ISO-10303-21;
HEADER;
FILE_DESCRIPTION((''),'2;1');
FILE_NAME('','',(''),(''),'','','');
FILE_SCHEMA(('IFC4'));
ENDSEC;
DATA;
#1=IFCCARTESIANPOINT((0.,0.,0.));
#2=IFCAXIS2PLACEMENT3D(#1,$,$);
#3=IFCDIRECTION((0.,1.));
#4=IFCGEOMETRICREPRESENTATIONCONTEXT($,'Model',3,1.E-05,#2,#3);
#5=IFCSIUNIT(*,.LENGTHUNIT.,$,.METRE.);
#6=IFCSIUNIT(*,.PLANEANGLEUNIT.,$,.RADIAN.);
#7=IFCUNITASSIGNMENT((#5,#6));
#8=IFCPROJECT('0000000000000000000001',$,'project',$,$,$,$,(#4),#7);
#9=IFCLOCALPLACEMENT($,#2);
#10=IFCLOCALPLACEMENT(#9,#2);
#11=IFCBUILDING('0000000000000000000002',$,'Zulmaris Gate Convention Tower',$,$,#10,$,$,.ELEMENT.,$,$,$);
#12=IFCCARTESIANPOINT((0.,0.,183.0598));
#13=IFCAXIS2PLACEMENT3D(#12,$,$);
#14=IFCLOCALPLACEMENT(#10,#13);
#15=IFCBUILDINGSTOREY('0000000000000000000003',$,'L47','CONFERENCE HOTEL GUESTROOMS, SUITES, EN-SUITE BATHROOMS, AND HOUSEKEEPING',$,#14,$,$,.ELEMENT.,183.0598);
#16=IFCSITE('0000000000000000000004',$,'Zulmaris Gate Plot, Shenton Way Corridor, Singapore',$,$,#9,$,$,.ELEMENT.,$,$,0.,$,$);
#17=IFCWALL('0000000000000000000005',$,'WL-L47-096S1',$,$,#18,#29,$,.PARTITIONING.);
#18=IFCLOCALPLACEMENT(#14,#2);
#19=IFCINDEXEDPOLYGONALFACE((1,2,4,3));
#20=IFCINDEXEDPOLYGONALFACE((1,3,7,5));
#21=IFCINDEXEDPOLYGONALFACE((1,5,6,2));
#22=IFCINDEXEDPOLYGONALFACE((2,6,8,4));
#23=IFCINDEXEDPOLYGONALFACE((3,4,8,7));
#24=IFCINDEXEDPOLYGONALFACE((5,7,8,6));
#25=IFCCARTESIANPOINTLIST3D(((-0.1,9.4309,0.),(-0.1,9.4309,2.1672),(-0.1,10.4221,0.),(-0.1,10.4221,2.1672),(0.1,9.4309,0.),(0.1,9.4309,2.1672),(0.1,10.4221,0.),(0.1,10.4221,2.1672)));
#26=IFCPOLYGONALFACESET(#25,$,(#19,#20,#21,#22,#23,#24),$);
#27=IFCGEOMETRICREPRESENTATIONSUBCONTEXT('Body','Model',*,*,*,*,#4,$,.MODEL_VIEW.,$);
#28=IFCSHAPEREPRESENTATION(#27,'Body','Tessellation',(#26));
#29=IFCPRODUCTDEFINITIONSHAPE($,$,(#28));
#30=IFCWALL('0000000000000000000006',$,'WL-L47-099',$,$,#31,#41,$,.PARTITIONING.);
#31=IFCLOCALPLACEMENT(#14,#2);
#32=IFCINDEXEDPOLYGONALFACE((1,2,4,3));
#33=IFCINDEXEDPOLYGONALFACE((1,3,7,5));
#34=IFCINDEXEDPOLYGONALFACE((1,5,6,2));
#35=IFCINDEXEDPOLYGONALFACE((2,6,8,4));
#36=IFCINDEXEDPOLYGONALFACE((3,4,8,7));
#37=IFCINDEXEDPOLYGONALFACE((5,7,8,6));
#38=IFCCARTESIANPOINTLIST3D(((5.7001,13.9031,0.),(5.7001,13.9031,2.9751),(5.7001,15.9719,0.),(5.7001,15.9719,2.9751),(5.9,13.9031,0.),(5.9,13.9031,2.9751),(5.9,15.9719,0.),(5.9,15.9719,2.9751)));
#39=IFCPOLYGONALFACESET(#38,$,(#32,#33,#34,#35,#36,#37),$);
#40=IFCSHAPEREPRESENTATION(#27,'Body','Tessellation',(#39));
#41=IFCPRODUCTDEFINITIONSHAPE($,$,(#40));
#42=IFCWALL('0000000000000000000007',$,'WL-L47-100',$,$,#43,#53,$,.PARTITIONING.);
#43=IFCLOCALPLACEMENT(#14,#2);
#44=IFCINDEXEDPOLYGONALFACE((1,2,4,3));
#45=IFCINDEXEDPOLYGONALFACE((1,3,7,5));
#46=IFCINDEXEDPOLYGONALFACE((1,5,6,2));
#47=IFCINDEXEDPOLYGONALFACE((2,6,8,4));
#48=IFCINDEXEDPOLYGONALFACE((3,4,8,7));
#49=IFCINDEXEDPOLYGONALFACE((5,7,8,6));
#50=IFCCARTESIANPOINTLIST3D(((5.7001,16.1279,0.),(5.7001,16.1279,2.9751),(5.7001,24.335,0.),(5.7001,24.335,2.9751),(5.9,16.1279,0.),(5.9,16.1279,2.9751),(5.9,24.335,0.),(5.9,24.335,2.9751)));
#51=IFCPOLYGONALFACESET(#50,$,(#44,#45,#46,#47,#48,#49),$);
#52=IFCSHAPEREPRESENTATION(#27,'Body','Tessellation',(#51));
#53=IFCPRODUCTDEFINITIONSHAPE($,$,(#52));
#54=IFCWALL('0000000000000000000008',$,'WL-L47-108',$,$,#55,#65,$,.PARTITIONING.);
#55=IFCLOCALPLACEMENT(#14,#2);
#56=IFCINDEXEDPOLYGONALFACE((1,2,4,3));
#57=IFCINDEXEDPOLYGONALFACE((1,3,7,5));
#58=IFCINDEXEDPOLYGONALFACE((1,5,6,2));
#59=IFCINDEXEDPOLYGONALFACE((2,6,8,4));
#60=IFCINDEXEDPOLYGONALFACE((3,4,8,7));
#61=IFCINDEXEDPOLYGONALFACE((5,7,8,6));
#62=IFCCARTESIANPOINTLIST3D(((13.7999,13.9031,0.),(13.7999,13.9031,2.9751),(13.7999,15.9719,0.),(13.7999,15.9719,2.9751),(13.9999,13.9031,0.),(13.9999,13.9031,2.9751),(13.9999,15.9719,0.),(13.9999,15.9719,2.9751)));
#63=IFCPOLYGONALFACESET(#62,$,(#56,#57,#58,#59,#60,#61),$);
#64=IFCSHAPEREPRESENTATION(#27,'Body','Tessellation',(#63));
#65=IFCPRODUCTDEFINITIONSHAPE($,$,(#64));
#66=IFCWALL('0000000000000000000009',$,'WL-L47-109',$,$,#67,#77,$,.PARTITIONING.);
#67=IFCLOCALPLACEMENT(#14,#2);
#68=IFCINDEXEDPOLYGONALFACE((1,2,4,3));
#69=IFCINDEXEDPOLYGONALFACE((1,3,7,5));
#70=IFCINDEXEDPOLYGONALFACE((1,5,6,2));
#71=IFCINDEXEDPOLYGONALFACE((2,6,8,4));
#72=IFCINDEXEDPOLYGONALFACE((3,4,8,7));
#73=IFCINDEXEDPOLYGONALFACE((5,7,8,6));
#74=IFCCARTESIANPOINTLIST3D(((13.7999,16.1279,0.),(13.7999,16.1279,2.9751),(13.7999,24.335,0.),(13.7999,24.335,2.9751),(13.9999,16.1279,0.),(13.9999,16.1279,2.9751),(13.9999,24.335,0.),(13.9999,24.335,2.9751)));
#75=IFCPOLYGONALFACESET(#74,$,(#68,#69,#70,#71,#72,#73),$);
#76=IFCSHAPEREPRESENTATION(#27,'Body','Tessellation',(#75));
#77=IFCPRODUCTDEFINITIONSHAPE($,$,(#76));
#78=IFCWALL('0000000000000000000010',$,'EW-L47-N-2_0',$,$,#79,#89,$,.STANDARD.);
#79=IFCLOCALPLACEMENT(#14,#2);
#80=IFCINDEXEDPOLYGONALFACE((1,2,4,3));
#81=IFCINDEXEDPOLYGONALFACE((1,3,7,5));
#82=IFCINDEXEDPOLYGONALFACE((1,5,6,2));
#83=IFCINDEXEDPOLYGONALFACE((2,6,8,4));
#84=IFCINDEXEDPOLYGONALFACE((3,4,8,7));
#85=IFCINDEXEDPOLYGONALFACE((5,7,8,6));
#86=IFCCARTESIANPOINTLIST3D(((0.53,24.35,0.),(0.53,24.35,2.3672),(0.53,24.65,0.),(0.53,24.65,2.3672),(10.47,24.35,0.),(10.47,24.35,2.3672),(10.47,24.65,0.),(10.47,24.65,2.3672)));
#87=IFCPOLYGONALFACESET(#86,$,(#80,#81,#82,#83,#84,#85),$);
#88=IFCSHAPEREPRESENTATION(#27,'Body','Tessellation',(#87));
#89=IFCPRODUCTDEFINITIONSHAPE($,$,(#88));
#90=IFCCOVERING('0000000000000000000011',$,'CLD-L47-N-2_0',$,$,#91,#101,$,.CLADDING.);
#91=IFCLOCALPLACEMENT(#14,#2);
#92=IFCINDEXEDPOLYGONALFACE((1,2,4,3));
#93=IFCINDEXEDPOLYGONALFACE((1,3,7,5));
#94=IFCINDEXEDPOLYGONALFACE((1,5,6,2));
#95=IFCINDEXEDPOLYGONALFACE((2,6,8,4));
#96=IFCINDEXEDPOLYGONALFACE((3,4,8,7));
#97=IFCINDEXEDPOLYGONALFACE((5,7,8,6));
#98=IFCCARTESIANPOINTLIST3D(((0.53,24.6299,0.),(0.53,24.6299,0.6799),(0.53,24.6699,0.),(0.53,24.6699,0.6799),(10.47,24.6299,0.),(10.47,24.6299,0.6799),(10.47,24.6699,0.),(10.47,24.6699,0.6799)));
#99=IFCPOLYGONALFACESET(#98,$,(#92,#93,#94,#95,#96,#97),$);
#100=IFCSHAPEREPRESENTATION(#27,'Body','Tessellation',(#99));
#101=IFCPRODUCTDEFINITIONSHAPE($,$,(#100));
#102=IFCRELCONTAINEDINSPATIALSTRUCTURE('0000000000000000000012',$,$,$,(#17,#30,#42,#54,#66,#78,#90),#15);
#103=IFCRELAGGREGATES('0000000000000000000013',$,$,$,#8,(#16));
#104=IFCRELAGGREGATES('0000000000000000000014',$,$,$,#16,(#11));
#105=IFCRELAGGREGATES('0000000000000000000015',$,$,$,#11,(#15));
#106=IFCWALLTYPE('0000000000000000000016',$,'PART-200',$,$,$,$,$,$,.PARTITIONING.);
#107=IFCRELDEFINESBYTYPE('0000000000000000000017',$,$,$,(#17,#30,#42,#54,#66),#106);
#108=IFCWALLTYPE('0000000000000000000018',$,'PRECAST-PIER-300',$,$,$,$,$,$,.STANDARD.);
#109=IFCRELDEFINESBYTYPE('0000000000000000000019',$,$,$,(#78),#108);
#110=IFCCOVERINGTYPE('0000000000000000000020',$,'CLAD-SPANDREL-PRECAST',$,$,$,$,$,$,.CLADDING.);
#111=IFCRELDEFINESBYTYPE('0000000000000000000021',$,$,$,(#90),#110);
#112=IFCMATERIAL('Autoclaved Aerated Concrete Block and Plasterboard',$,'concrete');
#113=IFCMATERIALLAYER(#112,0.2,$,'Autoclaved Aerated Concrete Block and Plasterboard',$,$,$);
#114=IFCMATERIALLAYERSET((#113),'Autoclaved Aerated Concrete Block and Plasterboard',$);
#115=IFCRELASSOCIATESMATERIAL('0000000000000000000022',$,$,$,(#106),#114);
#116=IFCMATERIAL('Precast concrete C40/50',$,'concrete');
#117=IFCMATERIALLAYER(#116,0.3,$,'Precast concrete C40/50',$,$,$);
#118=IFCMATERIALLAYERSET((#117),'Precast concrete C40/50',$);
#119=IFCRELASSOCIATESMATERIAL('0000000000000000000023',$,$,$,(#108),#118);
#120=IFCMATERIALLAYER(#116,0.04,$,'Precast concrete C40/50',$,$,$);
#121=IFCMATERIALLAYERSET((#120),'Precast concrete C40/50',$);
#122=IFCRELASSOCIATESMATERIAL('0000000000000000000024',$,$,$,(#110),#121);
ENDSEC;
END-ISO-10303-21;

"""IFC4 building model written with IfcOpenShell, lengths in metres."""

from ifc_helpers import new_model, si_unit, direction, frame, frame_2d, origin, place, context, subcontext, project, spatial, rectangle, extrude, material, layer, layer_set, type_object, element, save


model = new_model("IFC4")

# Units and contexts
model_context = context("Model", 3, precision=1e-05, world=origin(), true_north=direction((0.0, 1.0)))
body_context = subcontext(model_context, "Body", "Model", "MODEL_VIEW")
ifc_project = project(units=[si_unit("LENGTHUNIT", "METRE"), si_unit("PLANEANGLEUNIT", "RADIAN")], contexts=[model_context])

# Site, building, storey
site_placement = place(None, origin())
site = spatial("IfcSite", under=ifc_project, at=site_placement, Name="Zulmaris Gate Plot, Shenton Way Corridor, Singapore", CompositionType="ELEMENT", RefElevation=0.0)
building_placement = place(site_placement, origin())
building = spatial("IfcBuilding", under=site, at=building_placement, Name="Zulmaris Gate Convention Tower", CompositionType="ELEMENT")
storey_placement = place(building_placement, frame((0.0, 0.0, 183.0598)))
storey = spatial("IfcBuildingStorey", under=building, at=storey_placement, Name="L47", Description="CONFERENCE HOTEL GUESTROOMS, SUITES, EN-SUITE BATHROOMS, AND HOUSEKEEPING", CompositionType="ELEMENT", Elevation=183.0598)

# Walls
ifc_material_1 = material(Name="Autoclaved Aerated Concrete Block and Plasterboard", Category="concrete")
ifc_layer_1 = layer(ifc_material_1, 0.2, Name="Autoclaved Aerated Concrete Block and Plasterboard")
ifc_layer_set_1 = layer_set([ifc_layer_1], Name="Autoclaved Aerated Concrete Block and Plasterboard")
wall_type_1 = type_object("IfcWallType", Name="PART-200", PredefinedType="PARTITIONING", material=ifc_layer_set_1)
wall_1_placement = place(storey_placement, frame((0.0, 9.4309, 0.0), z_axis=(0.0, 0.0, 1.0), x_axis=(0.0, 1.0, 0.0)))
element("IfcWall", 1, at=wall_1_placement, inside=storey, type_object=wall_type_1, Name="WL-L47-096S1", PredefinedType="PARTITIONING", context=body_context, shape_type="SweptSolid", body=[
    extrude(rectangle(XDim=0.9912, YDim=0.2, at=frame_2d((0.4956, 0.0))), origin(), (0.0, 0.0, 1.0), 2.1672),
])
wall_2_placement = place(storey_placement, frame((5.8, 13.9031, 0.0), z_axis=(0.0, 0.0, 1.0), x_axis=(0.0, 1.0, 0.0)))
element("IfcWall", 2, at=wall_2_placement, inside=storey, type_object=wall_type_1, Name="WL-L47-099", PredefinedType="PARTITIONING", context=body_context, shape_type="SweptSolid", body=[
    extrude(rectangle(XDim=2.0688, YDim=0.2, at=frame_2d((1.0344, 0.0))), origin(), (0.0, 0.0, 1.0), 2.9751),
])
wall_3_placement = place(storey_placement, frame((5.8, 16.1279, 0.0), z_axis=(0.0, 0.0, 1.0), x_axis=(0.0, 1.0, 0.0)))
element("IfcWall", 3, at=wall_3_placement, inside=storey, type_object=wall_type_1, Name="WL-L47-100", PredefinedType="PARTITIONING", context=body_context, shape_type="SweptSolid", body=[
    extrude(rectangle(XDim=8.207, YDim=0.2, at=frame_2d((4.1035, 0.0))), origin(), (0.0, 0.0, 1.0), 2.9751),
])
wall_4_placement = place(storey_placement, frame((13.8999, 13.9031, 0.0), z_axis=(0.0, 0.0, 1.0), x_axis=(0.0, 1.0, 0.0)))
element("IfcWall", 4, at=wall_4_placement, inside=storey, type_object=wall_type_1, Name="WL-L47-108", PredefinedType="PARTITIONING", context=body_context, shape_type="SweptSolid", body=[
    extrude(rectangle(XDim=2.0688, YDim=0.2, at=frame_2d((1.0344, 0.0))), origin(), (0.0, 0.0, 1.0), 2.9751),
])
wall_5_placement = place(storey_placement, frame((13.8999, 16.1279, 0.0), z_axis=(0.0, 0.0, 1.0), x_axis=(0.0, 1.0, 0.0)))
element("IfcWall", 5, at=wall_5_placement, inside=storey, type_object=wall_type_1, Name="WL-L47-109", PredefinedType="PARTITIONING", context=body_context, shape_type="SweptSolid", body=[
    extrude(rectangle(XDim=8.207, YDim=0.2, at=frame_2d((4.1035, 0.0))), origin(), (0.0, 0.0, 1.0), 2.9751),
])
ifc_material_2 = material(Name="Precast concrete C40/50", Category="concrete")
ifc_layer_2 = layer(ifc_material_2, 0.3, Name="Precast concrete C40/50")
ifc_layer_set_2 = layer_set([ifc_layer_2], Name="Precast concrete C40/50")
wall_type_2 = type_object("IfcWallType", Name="PRECAST-PIER-300", PredefinedType="STANDARD", material=ifc_layer_set_2)
wall_6_placement = place(storey_placement, frame((10.47, 24.5, 0.0), z_axis=(0.0, 0.0, 1.0), x_axis=(-1.0, 0.0, 0.0)))
element("IfcWall", 6, at=wall_6_placement, inside=storey, type_object=wall_type_2, Name="EW-L47-N-2_0", PredefinedType="STANDARD", context=body_context, shape_type="SweptSolid", body=[
    extrude(rectangle(XDim=9.9399, YDim=0.3, at=frame_2d((4.97, 0.0))), origin(), (0.0, 0.0, 1.0), 2.3672),
])

# Covering
ifc_layer_3 = layer(ifc_material_2, 0.04, Name="Precast concrete C40/50")
ifc_layer_set_3 = layer_set([ifc_layer_3], Name="Precast concrete C40/50")
covering_type = type_object("IfcCoveringType", Name="CLAD-SPANDREL-PRECAST", PredefinedType="CLADDING", material=ifc_layer_set_3)
covering_placement = place(storey_placement, frame((10.47, 24.6499, 0.0), z_axis=(0.0, 0.0, 1.0), x_axis=(-1.0, 0.0, 0.0)))
element("IfcCovering", 7, at=covering_placement, inside=storey, type_object=covering_type, Name="CLD-L47-N-2_0", PredefinedType="CLADDING", context=body_context, shape_type="SweptSolid", body=[
    extrude(rectangle(XDim=9.9399, YDim=0.04, at=frame_2d((4.97, 0.0))), origin(), (0.0, 0.0, 1.0), 0.6799),
])

save(model, "model.ifc")
